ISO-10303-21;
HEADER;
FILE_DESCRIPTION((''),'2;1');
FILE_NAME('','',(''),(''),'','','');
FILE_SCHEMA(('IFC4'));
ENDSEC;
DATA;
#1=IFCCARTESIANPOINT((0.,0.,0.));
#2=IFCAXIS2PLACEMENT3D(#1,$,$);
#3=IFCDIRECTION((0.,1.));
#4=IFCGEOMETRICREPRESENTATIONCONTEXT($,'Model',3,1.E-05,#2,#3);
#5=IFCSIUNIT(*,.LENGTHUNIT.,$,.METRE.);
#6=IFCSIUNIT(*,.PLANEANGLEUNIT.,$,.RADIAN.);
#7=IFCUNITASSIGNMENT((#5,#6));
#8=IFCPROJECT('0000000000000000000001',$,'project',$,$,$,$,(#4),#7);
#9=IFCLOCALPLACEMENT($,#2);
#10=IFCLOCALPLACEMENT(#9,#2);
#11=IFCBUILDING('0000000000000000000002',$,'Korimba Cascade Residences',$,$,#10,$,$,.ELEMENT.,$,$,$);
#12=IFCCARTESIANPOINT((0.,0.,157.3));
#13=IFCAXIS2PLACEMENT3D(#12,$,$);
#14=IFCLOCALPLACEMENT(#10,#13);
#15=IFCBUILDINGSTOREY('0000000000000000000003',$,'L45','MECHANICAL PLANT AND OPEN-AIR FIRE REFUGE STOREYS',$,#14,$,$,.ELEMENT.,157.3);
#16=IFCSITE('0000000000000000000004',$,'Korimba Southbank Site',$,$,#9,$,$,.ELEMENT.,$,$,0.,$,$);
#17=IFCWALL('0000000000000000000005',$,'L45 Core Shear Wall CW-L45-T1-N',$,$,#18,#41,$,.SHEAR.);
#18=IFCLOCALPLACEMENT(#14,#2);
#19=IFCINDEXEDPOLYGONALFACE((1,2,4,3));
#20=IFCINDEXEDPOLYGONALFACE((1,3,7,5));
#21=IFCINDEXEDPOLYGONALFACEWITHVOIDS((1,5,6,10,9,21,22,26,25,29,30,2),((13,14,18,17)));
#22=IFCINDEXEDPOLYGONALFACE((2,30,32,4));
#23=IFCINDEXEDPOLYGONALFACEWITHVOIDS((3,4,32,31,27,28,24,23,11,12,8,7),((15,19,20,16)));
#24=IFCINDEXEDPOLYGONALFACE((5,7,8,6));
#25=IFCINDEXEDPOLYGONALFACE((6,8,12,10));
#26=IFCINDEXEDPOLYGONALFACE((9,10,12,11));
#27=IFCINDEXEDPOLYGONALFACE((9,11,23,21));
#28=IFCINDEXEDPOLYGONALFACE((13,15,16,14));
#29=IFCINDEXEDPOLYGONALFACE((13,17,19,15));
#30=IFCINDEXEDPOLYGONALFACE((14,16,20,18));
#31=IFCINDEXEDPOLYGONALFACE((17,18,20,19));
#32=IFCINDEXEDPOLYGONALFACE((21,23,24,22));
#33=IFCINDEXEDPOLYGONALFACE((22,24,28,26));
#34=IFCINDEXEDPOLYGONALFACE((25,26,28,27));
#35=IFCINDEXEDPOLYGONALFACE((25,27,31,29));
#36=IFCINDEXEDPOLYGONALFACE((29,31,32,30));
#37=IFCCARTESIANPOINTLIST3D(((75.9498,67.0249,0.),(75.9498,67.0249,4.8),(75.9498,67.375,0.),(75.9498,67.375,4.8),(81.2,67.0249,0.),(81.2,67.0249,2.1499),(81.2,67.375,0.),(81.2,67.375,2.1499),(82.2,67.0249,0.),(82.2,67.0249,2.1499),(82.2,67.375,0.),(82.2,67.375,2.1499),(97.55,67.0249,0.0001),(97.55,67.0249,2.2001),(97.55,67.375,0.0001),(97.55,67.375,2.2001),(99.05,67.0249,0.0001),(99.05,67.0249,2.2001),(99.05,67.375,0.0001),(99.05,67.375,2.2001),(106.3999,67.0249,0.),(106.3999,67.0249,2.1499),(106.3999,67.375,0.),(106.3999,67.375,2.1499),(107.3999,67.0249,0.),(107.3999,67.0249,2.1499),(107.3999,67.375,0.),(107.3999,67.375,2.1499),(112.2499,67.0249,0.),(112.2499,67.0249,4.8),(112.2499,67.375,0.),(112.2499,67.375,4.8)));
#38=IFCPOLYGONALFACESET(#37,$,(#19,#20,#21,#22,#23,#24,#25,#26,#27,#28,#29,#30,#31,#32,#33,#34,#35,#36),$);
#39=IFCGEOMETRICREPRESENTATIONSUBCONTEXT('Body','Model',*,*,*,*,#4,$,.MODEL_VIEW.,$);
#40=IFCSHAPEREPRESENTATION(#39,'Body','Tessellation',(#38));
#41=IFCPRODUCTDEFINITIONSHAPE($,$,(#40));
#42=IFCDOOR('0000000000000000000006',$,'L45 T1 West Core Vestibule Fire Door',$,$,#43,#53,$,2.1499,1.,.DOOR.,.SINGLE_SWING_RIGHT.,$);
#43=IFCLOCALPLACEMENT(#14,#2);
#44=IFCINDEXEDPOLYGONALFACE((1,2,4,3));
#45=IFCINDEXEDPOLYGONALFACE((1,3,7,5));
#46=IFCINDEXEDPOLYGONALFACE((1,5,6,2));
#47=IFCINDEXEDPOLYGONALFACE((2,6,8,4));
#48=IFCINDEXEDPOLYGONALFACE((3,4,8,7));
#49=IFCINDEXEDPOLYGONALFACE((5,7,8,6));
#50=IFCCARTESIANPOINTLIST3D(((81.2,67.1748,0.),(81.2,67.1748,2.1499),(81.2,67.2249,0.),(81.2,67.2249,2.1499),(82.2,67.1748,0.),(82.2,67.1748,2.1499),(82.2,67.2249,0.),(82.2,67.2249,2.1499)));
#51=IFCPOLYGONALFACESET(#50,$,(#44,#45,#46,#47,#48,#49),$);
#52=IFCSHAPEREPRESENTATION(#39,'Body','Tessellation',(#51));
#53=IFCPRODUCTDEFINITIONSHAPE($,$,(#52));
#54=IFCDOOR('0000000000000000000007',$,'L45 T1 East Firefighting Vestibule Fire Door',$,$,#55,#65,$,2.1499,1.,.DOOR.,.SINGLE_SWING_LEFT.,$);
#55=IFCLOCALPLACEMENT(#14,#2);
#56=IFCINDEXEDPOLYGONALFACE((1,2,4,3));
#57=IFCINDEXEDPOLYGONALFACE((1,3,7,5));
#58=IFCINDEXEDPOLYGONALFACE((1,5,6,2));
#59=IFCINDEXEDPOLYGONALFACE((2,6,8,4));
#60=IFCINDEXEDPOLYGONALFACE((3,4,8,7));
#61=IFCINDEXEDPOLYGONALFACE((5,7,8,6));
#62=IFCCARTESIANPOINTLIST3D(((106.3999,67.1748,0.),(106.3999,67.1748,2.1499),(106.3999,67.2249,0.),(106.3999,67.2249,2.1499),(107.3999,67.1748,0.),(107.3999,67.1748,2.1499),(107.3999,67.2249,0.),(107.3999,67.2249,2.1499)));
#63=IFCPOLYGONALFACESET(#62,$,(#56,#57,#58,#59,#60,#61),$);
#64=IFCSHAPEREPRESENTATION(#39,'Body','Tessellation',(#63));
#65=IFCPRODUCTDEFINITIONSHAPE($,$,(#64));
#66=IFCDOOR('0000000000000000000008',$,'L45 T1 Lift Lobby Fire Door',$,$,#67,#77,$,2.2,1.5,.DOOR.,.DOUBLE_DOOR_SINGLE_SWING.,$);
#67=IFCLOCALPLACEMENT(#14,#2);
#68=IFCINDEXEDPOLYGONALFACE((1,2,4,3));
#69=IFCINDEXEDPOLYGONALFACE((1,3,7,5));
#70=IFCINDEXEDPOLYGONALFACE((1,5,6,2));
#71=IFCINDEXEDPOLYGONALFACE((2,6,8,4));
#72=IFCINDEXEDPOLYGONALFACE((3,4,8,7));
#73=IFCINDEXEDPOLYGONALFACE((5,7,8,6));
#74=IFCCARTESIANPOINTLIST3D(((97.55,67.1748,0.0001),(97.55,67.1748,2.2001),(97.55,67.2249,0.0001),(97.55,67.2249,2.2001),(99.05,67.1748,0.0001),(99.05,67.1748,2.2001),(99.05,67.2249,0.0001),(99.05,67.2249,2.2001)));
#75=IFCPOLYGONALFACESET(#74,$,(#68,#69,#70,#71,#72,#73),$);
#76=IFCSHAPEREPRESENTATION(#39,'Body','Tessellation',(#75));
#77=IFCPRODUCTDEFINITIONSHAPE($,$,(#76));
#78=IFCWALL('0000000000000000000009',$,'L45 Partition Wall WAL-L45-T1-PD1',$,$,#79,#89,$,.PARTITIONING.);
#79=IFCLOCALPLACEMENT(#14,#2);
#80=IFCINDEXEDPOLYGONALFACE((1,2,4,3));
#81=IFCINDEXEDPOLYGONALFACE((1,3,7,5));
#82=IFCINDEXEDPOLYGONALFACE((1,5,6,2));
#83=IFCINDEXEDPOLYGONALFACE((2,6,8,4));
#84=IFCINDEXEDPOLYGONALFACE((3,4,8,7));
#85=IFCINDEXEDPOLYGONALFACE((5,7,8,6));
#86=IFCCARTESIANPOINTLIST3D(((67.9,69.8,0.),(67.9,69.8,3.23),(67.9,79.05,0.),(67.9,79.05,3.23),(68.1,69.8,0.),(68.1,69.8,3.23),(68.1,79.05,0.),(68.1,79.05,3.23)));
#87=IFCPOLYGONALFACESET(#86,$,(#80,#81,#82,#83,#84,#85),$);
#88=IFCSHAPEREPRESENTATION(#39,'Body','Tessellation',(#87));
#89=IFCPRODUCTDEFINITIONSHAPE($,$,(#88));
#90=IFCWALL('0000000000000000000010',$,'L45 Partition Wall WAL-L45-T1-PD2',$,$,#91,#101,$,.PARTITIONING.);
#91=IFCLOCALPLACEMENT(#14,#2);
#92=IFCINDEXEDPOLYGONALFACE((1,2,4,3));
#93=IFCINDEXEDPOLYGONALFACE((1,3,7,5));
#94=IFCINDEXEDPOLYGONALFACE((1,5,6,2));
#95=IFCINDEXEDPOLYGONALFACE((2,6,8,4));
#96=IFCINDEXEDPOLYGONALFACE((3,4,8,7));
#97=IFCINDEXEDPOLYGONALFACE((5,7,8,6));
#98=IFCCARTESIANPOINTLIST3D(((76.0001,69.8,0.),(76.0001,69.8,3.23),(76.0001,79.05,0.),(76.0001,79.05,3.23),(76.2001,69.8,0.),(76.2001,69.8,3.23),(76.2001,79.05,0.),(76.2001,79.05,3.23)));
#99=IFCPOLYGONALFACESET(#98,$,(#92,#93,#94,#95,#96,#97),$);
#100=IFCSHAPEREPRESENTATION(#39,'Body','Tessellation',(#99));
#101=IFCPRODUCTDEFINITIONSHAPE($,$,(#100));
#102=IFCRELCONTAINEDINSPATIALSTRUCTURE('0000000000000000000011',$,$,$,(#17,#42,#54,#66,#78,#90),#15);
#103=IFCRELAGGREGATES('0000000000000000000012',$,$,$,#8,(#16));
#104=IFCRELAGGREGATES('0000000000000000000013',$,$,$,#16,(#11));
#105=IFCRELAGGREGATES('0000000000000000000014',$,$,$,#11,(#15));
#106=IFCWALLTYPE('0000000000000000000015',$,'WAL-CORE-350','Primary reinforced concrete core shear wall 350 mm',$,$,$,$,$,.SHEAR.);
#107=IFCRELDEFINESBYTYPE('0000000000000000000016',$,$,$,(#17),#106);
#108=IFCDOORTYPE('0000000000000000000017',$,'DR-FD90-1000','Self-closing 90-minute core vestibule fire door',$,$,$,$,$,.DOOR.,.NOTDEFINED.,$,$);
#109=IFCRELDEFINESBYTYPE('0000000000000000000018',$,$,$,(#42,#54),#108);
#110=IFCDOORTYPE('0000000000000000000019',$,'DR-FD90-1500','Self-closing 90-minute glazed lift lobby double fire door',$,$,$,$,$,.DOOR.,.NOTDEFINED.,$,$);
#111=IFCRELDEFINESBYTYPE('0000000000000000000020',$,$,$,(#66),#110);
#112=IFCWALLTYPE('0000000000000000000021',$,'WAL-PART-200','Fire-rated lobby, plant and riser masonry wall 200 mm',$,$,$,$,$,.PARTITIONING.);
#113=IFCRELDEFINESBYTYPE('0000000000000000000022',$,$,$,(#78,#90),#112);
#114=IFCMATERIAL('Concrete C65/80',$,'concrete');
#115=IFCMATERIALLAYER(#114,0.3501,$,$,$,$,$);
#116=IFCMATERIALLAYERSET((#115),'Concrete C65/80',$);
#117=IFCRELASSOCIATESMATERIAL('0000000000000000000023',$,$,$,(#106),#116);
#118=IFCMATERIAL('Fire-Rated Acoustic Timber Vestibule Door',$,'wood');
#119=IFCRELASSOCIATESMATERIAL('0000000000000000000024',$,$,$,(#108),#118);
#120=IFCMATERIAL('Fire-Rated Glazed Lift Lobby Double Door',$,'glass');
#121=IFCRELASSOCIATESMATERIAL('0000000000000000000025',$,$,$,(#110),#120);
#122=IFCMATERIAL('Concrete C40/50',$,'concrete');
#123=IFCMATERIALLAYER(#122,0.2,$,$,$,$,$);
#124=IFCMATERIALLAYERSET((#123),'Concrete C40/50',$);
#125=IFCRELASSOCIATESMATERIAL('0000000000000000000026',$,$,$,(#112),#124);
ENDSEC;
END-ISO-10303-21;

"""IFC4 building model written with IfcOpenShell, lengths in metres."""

from ifc_helpers import new_model, si_unit, direction, frame, frame_2d, origin, place, context, subcontext, project, spatial, rectangle, extrude, material, layer, layer_set, type_object, element, fill, save


model = new_model("IFC4")

# Units and contexts
model_context = context("Model", 3, precision=1e-05, world=origin(), true_north=direction((0.0, 1.0)))
body_context = subcontext(model_context, "Body", "Model", "MODEL_VIEW")
ifc_project = project(units=[si_unit("LENGTHUNIT", "METRE"), si_unit("PLANEANGLEUNIT", "RADIAN")], contexts=[model_context])

# Site, building, storey
site_placement = place(None, origin())
site = spatial("IfcSite", under=ifc_project, at=site_placement, Name="Korimba Southbank Site", CompositionType="ELEMENT", RefElevation=0.0)
building_placement = place(site_placement, origin())
building = spatial("IfcBuilding", under=site, at=building_placement, Name="Korimba Cascade Residences", CompositionType="ELEMENT")
storey_placement = place(building_placement, frame((0.0, 0.0, 157.3)))
storey = spatial("IfcBuildingStorey", under=building, at=storey_placement, Name="L45", Description="MECHANICAL PLANT AND OPEN-AIR FIRE REFUGE STOREYS", CompositionType="ELEMENT", Elevation=157.3)

# Shared definitions
ifc_material_1 = material(Name="Concrete C65/80", Category="concrete")

# Wall, openings, doors
ifc_layer_1 = layer(ifc_material_1, 0.3501)
ifc_layer_set_1 = layer_set([ifc_layer_1], Name="Concrete C65/80")
wall_type_1 = type_object("IfcWallType", Name="WAL-CORE-350", Description="Primary reinforced concrete core shear wall 350 mm", PredefinedType="SHEAR", material=ifc_layer_set_1)
wall_1_placement = place(storey_placement, frame((75.95, 67.2, 0.0), z_axis=(0.0, 0.0, 1.0), x_axis=(1.0, 0.0, 0.0)))
wall_1 = element("IfcWall", 1, at=wall_1_placement, inside=storey, type_object=wall_type_1, Name="L45 Core Shear Wall CW-L45-T1-N", PredefinedType="SHEAR", context=body_context, shape_type="SweptSolid", body=[
    extrude(rectangle(XDim=36.3, YDim=0.3501, at=frame_2d((18.1499, 0.0))), origin(), (0.0, 0.0, 1.0), 4.8),
])
opening_1_placement = place(wall_1_placement, frame((5.25, 0.0, 0.0)))
opening_1 = element("IfcOpeningElement", 2, at=opening_1_placement, cuts=wall_1, PredefinedType="OPENING", context=body_context, shape_type="SweptSolid", body=[
    extrude(rectangle(XDim=1.0, YDim=2.1499, at=frame_2d((0.5, 1.075))), frame((0.0, 0.1851, 0.0), z_axis=(0.0, -1.0, 0.0), x_axis=(1.0, 0.0, 0.0)), (0.0, 0.0, 1.0), 0.3701),
])
opening_2_placement = place(wall_1_placement, frame((21.6001, 0.0, 0.0)))
opening_2 = element("IfcOpeningElement", 3, at=opening_2_placement, cuts=wall_1, PredefinedType="OPENING", context=body_context, shape_type="SweptSolid", body=[
    extrude(rectangle(XDim=1.5, YDim=2.2, at=frame_2d((0.75, 1.1001))), frame((0.0, 0.1851, 0.0), z_axis=(0.0, -1.0, 0.0), x_axis=(1.0, 0.0, 0.0)), (0.0, 0.0, 1.0), 0.3701),
])
opening_3_placement = place(wall_1_placement, frame((30.45, 0.0, 0.0)))
opening_3 = element("IfcOpeningElement", 4, at=opening_3_placement, cuts=wall_1, PredefinedType="OPENING", context=body_context, shape_type="SweptSolid", body=[
    extrude(rectangle(XDim=1.0, YDim=2.1499, at=frame_2d((0.5, 1.075))), frame((0.0, 0.1851, 0.0), z_axis=(0.0, -1.0, 0.0), x_axis=(1.0, 0.0, 0.0)), (0.0, 0.0, 1.0), 0.3701),
])
ifc_material_2 = material(Name="Fire-Rated Acoustic Timber Vestibule Door", Category="wood")
door_type_1 = type_object("IfcDoorType", Name="DR-FD90-1000", Description="Self-closing 90-minute core vestibule fire door", OperationType="NOTDEFINED", PredefinedType="DOOR", material=ifc_material_2)
door_1_placement = place(opening_1_placement, origin())
door_1 = element("IfcDoor", 5, at=door_1_placement, inside=storey, type_object=door_type_1, Name="L45 T1 West Core Vestibule Fire Door", OperationType="SINGLE_SWING_RIGHT", OverallHeight=2.1499, OverallWidth=1.0, PredefinedType="DOOR", context=body_context, shape_type="SweptSolid", body=[
    extrude(rectangle(XDim=1.0, YDim=2.1499, at=frame_2d((0.5, 1.075))), frame((0.0, 0.0249, 0.0), z_axis=(0.0, -1.0, 0.0), x_axis=(1.0, 0.0, 0.0)), (0.0, 0.0, 1.0), 0.05),
])
fill(opening_1, door_1)
door_2_placement = place(opening_3_placement, origin())
door_2 = element("IfcDoor", 6, at=door_2_placement, inside=storey, type_object=door_type_1, Name="L45 T1 East Firefighting Vestibule Fire Door", OperationType="SINGLE_SWING_LEFT", OverallHeight=2.1499, OverallWidth=1.0, PredefinedType="DOOR", context=body_context, shape_type="SweptSolid", body=[
    extrude(rectangle(XDim=1.0, YDim=2.1499, at=frame_2d((0.5, 1.075))), frame((0.0, 0.0249, 0.0), z_axis=(0.0, -1.0, 0.0), x_axis=(1.0, 0.0, 0.0)), (0.0, 0.0, 1.0), 0.05),
])
fill(opening_3, door_2)
ifc_material_3 = material(Name="Fire-Rated Glazed Lift Lobby Double Door", Category="glass")
door_type_2 = type_object("IfcDoorType", Name="DR-FD90-1500", Description="Self-closing 90-minute glazed lift lobby double fire door", OperationType="NOTDEFINED", PredefinedType="DOOR", material=ifc_material_3)
door_3_placement = place(opening_2_placement, origin())
door_3 = element("IfcDoor", 7, at=door_3_placement, inside=storey, type_object=door_type_2, Name="L45 T1 Lift Lobby Fire Door", OperationType="DOUBLE_DOOR_SINGLE_SWING", OverallHeight=2.2, OverallWidth=1.5, PredefinedType="DOOR", context=body_context, shape_type="SweptSolid", body=[
    extrude(rectangle(XDim=1.5, YDim=2.2, at=frame_2d((0.75, 1.1001))), frame((0.0, 0.0249, 0.0), z_axis=(0.0, -1.0, 0.0), x_axis=(1.0, 0.0, 0.0)), (0.0, 0.0, 1.0), 0.05),
])
fill(opening_2, door_3)

# Walls
ifc_material_4 = material(Name="Concrete C40/50", Category="concrete")
ifc_layer_2 = layer(ifc_material_4, 0.2)
ifc_layer_set_2 = layer_set([ifc_layer_2], Name="Concrete C40/50")
wall_type_2 = type_object("IfcWallType", Name="WAL-PART-200", Description="Fire-rated lobby, plant and riser masonry wall 200 mm", PredefinedType="PARTITIONING", material=ifc_layer_set_2)
for number, where, z_axis, x_axis, name in (
    (8, (68.0, 69.8, 0.0), (0.0, 0.0, 1.0), (0.0, 1.0, 0.0), "L45 Partition Wall WAL-L45-T1-PD1"),
    (9, (76.1001, 69.8, 0.0), (0.0, 0.0, 1.0), (0.0, 1.0, 0.0), "L45 Partition Wall WAL-L45-T1-PD2"),
):
    element("IfcWall", number, at=place(storey_placement, frame(where, z_axis=z_axis, x_axis=x_axis)), inside=storey, type_object=wall_type_2, Name=name, PredefinedType="PARTITIONING", context=body_context, shape_type="SweptSolid", body=[
        extrude(rectangle(XDim=9.25, YDim=0.2, at=frame_2d((4.625, 0.0))), origin(), (0.0, 0.0, 1.0), 3.23),
    ])

save(model, "model.ifc")
